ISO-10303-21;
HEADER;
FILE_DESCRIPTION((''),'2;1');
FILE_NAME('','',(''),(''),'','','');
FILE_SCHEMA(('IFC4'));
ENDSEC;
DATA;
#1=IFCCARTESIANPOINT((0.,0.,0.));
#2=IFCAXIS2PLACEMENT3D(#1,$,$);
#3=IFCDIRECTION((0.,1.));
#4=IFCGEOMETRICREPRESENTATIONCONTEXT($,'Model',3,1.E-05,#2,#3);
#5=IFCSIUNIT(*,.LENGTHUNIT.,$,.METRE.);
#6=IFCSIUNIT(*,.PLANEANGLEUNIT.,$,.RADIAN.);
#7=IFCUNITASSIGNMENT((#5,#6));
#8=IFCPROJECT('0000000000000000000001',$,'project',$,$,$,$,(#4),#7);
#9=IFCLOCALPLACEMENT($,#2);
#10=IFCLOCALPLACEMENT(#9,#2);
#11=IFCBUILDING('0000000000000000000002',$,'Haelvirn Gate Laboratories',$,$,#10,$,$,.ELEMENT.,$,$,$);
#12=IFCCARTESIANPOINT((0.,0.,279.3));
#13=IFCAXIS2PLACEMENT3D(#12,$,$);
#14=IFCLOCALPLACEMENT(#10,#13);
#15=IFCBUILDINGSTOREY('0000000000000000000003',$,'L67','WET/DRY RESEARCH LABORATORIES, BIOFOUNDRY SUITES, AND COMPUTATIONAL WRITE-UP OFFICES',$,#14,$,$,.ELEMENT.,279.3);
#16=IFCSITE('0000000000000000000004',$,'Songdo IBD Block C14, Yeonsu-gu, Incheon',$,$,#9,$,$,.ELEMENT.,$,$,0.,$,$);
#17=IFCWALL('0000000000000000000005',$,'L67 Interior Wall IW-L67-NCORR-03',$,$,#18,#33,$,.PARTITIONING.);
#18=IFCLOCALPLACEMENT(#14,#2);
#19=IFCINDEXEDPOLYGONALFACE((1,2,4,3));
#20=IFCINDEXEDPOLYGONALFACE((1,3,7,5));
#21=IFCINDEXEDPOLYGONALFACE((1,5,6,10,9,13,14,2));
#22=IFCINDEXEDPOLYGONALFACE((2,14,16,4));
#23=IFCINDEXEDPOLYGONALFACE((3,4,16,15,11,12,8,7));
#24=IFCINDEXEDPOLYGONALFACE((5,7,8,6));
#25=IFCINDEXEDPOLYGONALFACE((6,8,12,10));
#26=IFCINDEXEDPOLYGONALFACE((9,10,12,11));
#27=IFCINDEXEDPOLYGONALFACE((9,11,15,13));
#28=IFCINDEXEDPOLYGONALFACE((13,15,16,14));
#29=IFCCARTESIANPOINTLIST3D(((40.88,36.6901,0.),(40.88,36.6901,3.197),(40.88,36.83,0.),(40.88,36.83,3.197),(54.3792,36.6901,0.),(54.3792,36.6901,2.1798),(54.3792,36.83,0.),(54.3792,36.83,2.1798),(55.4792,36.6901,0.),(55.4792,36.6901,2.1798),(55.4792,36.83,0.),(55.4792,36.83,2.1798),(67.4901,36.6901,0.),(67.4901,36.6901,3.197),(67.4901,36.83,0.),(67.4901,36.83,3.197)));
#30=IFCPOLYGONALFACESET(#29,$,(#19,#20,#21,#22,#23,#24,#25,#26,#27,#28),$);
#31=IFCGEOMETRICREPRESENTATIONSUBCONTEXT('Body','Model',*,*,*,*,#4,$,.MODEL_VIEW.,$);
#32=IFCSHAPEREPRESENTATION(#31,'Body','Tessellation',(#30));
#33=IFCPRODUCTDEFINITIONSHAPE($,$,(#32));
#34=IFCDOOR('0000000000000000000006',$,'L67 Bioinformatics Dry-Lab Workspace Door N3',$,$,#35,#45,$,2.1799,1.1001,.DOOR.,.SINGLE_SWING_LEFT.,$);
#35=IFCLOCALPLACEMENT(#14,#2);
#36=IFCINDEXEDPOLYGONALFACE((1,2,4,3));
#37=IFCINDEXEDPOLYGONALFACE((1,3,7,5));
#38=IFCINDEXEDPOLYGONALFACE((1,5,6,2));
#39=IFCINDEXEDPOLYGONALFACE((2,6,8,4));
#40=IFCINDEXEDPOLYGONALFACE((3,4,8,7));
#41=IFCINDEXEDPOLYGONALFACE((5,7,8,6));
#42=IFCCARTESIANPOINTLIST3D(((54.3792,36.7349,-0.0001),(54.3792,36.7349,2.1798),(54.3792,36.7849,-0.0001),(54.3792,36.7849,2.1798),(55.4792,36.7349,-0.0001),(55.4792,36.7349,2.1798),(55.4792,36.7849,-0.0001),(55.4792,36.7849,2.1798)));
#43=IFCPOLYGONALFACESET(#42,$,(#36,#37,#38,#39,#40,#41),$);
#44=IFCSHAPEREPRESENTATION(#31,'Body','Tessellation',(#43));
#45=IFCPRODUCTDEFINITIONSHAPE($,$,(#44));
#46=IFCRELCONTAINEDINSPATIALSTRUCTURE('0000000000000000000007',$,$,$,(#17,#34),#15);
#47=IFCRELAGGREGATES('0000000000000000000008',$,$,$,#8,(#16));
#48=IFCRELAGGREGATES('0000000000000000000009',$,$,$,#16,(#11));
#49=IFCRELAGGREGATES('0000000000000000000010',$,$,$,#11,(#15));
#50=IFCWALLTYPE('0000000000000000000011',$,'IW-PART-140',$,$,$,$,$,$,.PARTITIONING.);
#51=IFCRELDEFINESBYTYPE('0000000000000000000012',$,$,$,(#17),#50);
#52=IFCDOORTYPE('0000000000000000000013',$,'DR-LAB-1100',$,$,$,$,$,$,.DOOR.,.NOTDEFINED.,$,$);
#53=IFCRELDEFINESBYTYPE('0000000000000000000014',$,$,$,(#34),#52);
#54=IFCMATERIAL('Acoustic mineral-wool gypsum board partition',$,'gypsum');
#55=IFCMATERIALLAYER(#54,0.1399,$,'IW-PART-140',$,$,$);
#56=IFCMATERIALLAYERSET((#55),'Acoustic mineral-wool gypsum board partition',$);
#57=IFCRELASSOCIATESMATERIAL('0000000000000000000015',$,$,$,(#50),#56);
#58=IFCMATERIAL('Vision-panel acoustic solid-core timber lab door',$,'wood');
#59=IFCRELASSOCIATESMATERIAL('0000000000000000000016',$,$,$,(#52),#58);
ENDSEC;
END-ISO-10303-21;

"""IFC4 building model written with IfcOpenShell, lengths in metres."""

from ifc_helpers import new_model, si_unit, direction, frame, frame_2d, origin, place, context, subcontext, project, spatial, rectangle, extrude, source, transform, mapped, material, layer, layer_set, type_object, type_shapes, element, fill, save


model = new_model("IFC4")

# Units and contexts
model_context = context("Model", 3, precision=1e-05, world=origin(), true_north=direction((0.0, 1.0)))
body_context = subcontext(model_context, "Body", "Model", "MODEL_VIEW")
ifc_project = project(units=[si_unit("LENGTHUNIT", "METRE"), si_unit("PLANEANGLEUNIT", "RADIAN")], contexts=[model_context])

# Site, building, storey
site_placement = place(None, origin())
site = spatial("IfcSite", under=ifc_project, at=site_placement, Name="Songdo IBD Block C14, Yeonsu-gu, Incheon", CompositionType="ELEMENT", RefElevation=0.0)
building_placement = place(site_placement, origin())
building = spatial("IfcBuilding", under=site, at=building_placement, Name="Haelvirn Gate Laboratories", CompositionType="ELEMENT")
storey_placement = place(building_placement, frame((0.0, 0.0, 279.3)))
storey = spatial("IfcBuildingStorey", under=building, at=storey_placement, Name="L67", Description="WET/DRY RESEARCH LABORATORIES, BIOFOUNDRY SUITES, AND COMPUTATIONAL WRITE-UP OFFICES", CompositionType="ELEMENT", Elevation=279.3)

# Wall, opening, door
ifc_material_1 = material(Name="Acoustic mineral-wool gypsum board partition", Category="gypsum")
ifc_layer_1 = layer(ifc_material_1, 0.1399, Name="IW-PART-140")
ifc_layer_set_1 = layer_set([ifc_layer_1], Name="Acoustic mineral-wool gypsum board partition")
wall_type_1 = type_object("IfcWallType", Name="IW-PART-140", PredefinedType="PARTITIONING", material=ifc_layer_set_1)
wall_1_placement = place(storey_placement, frame((40.8799, 36.76, 0.0), z_axis=(0.0, 0.0, 1.0), x_axis=(1.0, 0.0, 0.0)))
wall_1 = element("IfcWall", 1, at=wall_1_placement, inside=storey, type_object=wall_type_1, Name="L67 Interior Wall IW-L67-NCORR-03", PredefinedType="PARTITIONING", context=body_context, shape_type="SweptSolid", body=[
    extrude(rectangle(XDim=26.6101, YDim=0.1399, at=frame_2d((13.3052, 0.0))), origin(), (0.0, 0.0, 1.0), 3.197),
])
opening_placement = place(wall_1_placement, frame((13.4993, 0.0, 0.0)))
opening = element("IfcOpeningElement", 2, at=opening_placement, cuts=wall_1, PredefinedType="OPENING", context=body_context, shape_type="SweptSolid", body=[
    extrude(rectangle(XDim=1.1001, YDim=2.1799, at=frame_2d((0.55, 1.0898))), frame((0.0, 0.0801, 0.0), z_axis=(0.0, -1.0, 0.0), x_axis=(1.0, 0.0, 0.0)), (0.0, 0.0, 1.0), 0.1599),
])
ifc_material_2 = material(Name="Vision-panel acoustic solid-core timber lab door", Category="wood")
door_type = type_object("IfcDoorType", Name="DR-LAB-1100", OperationType="NOTDEFINED", PredefinedType="DOOR", material=ifc_material_2)
shared_shape_1 = source(origin(), body_context, "Body", "SweptSolid", [
    extrude(rectangle(XDim=1.1001, YDim=2.1799, at=frame_2d((0.55, 1.0898))), frame((0.0, 0.0249, 0.0), z_axis=(0.0, -1.0, 0.0), x_axis=(1.0, 0.0, 0.0)), (0.0, 0.0, 1.0), 0.05),
])
type_shapes(door_type, [shared_shape_1])
door_placement = place(opening_placement, origin())
door = element("IfcDoor", 3, at=door_placement, inside=storey, type_object=door_type, Name="L67 Bioinformatics Dry-Lab Workspace Door N3", OperationType="SINGLE_SWING_LEFT", OverallHeight=2.1799, OverallWidth=1.1001, PredefinedType="DOOR", context=body_context, shape_type="MappedRepresentation", body=[
    mapped(shared_shape_1, transform((0.0, 0.0, 0.0), scale=1.0)),
])
fill(opening, door)

save(model, "model.ifc")
